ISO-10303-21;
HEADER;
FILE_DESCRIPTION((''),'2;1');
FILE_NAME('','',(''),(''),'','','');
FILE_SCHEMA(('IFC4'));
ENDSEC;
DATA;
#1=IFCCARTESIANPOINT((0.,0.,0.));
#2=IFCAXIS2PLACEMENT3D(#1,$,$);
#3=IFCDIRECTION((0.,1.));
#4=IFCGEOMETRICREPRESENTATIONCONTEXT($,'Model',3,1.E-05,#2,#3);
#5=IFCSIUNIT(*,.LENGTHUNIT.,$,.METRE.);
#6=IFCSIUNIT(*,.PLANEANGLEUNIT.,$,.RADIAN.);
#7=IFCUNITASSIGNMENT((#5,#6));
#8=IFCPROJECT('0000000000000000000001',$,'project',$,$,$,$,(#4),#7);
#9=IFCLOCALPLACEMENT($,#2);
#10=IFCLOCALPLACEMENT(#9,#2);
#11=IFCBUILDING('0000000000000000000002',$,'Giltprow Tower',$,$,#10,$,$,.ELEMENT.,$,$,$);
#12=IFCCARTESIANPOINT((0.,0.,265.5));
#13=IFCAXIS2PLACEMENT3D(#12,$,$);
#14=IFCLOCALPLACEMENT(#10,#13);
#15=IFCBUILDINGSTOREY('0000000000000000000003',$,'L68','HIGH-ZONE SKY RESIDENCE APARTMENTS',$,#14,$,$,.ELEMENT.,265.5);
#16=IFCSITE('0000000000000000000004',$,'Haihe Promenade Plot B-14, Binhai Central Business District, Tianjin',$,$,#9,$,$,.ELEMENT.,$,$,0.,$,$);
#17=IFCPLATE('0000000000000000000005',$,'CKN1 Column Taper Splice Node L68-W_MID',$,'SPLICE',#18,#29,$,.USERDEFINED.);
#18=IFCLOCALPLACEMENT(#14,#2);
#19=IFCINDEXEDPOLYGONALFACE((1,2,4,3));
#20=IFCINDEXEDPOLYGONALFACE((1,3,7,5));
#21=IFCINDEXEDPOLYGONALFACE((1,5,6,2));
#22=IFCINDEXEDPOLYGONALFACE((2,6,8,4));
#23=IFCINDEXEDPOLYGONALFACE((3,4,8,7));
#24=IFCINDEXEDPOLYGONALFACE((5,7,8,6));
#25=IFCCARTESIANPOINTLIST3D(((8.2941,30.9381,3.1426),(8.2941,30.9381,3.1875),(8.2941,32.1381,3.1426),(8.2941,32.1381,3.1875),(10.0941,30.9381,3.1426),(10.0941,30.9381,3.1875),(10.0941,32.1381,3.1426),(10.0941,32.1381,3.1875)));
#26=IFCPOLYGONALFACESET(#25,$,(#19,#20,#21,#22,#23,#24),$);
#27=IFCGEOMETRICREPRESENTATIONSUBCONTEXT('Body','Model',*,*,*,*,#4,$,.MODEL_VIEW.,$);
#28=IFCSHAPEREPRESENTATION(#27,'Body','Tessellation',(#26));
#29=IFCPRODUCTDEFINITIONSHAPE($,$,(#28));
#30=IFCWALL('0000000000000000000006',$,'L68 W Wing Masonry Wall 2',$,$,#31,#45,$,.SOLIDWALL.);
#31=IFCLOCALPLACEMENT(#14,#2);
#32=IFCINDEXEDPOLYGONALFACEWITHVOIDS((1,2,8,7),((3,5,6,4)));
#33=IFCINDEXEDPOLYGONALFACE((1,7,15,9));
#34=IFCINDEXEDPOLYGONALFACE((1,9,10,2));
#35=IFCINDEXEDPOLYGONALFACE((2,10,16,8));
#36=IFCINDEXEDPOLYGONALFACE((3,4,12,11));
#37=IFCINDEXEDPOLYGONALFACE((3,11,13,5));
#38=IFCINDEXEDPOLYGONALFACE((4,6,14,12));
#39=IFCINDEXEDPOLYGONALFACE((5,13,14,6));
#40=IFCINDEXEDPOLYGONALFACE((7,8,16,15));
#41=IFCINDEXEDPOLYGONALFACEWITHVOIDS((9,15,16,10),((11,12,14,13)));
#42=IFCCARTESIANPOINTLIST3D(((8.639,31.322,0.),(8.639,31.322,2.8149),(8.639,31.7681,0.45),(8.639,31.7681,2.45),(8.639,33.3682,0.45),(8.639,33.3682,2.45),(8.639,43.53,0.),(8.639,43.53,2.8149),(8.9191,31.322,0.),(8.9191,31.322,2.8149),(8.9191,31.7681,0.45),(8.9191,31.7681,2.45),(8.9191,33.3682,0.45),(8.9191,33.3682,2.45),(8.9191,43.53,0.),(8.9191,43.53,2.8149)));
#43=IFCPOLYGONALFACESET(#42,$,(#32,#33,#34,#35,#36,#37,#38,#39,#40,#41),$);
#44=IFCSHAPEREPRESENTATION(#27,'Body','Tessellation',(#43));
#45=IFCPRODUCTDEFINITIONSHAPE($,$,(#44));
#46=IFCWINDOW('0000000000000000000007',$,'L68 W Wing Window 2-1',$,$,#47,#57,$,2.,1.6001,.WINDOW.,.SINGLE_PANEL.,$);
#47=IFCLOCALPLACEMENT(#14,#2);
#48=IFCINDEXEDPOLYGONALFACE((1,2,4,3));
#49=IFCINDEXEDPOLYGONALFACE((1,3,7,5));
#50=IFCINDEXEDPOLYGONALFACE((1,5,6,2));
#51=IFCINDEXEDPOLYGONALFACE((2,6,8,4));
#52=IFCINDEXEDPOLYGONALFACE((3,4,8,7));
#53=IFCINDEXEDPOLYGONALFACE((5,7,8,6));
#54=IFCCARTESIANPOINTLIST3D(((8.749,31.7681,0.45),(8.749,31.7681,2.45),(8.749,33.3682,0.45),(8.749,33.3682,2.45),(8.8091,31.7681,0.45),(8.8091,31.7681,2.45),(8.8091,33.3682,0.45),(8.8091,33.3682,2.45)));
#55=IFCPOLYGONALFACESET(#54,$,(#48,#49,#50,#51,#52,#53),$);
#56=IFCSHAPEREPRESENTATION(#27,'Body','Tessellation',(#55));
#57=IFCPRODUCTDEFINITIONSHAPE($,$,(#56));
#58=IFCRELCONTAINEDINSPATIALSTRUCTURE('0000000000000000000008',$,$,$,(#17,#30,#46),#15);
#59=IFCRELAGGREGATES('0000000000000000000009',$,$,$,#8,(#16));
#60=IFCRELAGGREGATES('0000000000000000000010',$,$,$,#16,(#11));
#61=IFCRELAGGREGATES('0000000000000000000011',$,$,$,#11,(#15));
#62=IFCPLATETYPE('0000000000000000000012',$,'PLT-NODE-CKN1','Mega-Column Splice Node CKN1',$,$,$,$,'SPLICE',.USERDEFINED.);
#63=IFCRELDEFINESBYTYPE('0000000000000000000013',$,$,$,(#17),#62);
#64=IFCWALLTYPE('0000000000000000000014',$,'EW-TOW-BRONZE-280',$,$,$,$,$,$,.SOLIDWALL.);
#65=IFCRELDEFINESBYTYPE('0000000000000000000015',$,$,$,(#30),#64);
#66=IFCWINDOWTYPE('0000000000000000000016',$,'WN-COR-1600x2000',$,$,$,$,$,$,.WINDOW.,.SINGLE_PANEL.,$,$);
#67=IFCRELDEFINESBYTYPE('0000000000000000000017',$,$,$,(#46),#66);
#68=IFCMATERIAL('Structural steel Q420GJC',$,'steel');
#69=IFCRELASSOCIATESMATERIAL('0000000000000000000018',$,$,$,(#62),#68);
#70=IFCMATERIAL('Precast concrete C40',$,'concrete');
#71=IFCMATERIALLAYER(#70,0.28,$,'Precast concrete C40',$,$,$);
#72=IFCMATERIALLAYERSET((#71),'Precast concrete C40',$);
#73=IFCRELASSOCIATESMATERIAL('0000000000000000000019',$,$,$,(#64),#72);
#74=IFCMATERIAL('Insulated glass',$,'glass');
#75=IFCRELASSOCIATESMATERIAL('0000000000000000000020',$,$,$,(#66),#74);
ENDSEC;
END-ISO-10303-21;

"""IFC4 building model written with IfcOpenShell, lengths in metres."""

from ifc_helpers import new_model, si_unit, direction, frame, frame_2d, origin, origin_2d, place, context, subcontext, project, spatial, rectangle, extrude, source, transform, mapped, material, layer, layer_set, type_object, element, fill, save


model = new_model("IFC4")

# Units and contexts
model_context = context("Model", 3, precision=1e-05, world=origin(), true_north=direction((0.0, 1.0)))
body_context = subcontext(model_context, "Body", "Model", "MODEL_VIEW")
ifc_project = project(units=[si_unit("LENGTHUNIT", "METRE"), si_unit("PLANEANGLEUNIT", "RADIAN")], contexts=[model_context])

# Site, building, storey
site_placement = place(None, origin())
site = spatial("IfcSite", under=ifc_project, at=site_placement, Name="Haihe Promenade Plot B-14, Binhai Central Business District, Tianjin", CompositionType="ELEMENT", RefElevation=0.0)
building_placement = place(site_placement, origin())
building = spatial("IfcBuilding", under=site, at=building_placement, Name="Giltprow Tower", CompositionType="ELEMENT")
storey_placement = place(building_placement, frame((0.0, 0.0, 265.5)))
storey = spatial("IfcBuildingStorey", under=building, at=storey_placement, Name="L68", Description="HIGH-ZONE SKY RESIDENCE APARTMENTS", CompositionType="ELEMENT", Elevation=265.5)

# Shared definitions
ifc_material_1 = material(Name="Structural steel Q420GJC", Category="steel")

# Plate
plate_type = type_object("IfcPlateType", Name="PLT-NODE-CKN1", Description="Mega-Column Splice Node CKN1", ElementType="SPLICE", PredefinedType="USERDEFINED", material=ifc_material_1)
shared_shape_1 = source(origin(), body_context, "Body", "SweptSolid", [
    extrude(rectangle(XDim=1.8, YDim=1.2, at=origin_2d()), origin(), (0.0, 0.0, 1.0), 0.0449),
])
plate_placement = place(storey_placement, frame((9.1941, 31.5381, 3.1426), z_axis=(0.0, 0.0, 1.0), x_axis=(1.0, 0.0, 0.0)))
element("IfcPlate", 1, at=plate_placement, inside=storey, type_object=plate_type, Name="CKN1 Column Taper Splice Node L68-W_MID", ObjectType="SPLICE", PredefinedType="USERDEFINED", context=body_context, shape_type="MappedRepresentation", body=[
    mapped(shared_shape_1, transform((0.0, 0.0, 0.0), x_axis=(1.0, 0.0, 0.0), y_axis=(0.0, 1.0, 0.0), z_axis=(0.0, 0.0, 1.0), scale=1.0)),
])

# Wall, opening, window
ifc_material_2 = material(Name="Precast concrete C40", Category="concrete")
ifc_layer_1 = layer(ifc_material_2, 0.28, Name="Precast concrete C40")
ifc_layer_set_1 = layer_set([ifc_layer_1], Name="Precast concrete C40")
wall_type_1 = type_object("IfcWallType", Name="EW-TOW-BRONZE-280", PredefinedType="SOLIDWALL", material=ifc_layer_set_1)
wall_1_placement = place(storey_placement, frame((8.7791, 31.322, 0.0), z_axis=(0.0, 0.0, 1.0), x_axis=(0.0, 1.0, 0.0)))
wall_1 = element("IfcWall", 2, at=wall_1_placement, inside=storey, type_object=wall_type_1, Name="L68 W Wing Masonry Wall 2", PredefinedType="SOLIDWALL", context=body_context, shape_type="SweptSolid", body=[
    extrude(rectangle(XDim=12.208, YDim=0.28, at=frame_2d((6.104, 0.0))), origin(), (0.0, 0.0, 1.0), 2.8149),
])
opening_1_placement = place(wall_1_placement, frame((0.446, 0.0, 0.45)))
opening_1 = element("IfcOpeningElement", 3, at=opening_1_placement, cuts=wall_1, PredefinedType="OPENING", context=body_context, shape_type="SweptSolid", body=[
    extrude(rectangle(XDim=1.6001, YDim=2.0, at=frame_2d((0.8, 1.0))), frame((0.0, 0.1499, 0.0), z_axis=(0.0, -1.0, 0.0), x_axis=(1.0, 0.0, 0.0)), (0.0, 0.0, 1.0), 0.3),
])
ifc_material_3 = material(Name="Insulated glass", Category="glass")
window_type = type_object("IfcWindowType", Name="WN-COR-1600x2000", PartitioningType="SINGLE_PANEL", PredefinedType="WINDOW", material=ifc_material_3)
shared_shape_2 = source(origin(), body_context, "Body", "SweptSolid", [
    extrude(rectangle(XDim=1.6001, YDim=2.0, at=frame_2d((0.8, 1.0))), frame((0.0, 0.03, 0.0), z_axis=(0.0, -1.0, 0.0), x_axis=(1.0, 0.0, 0.0)), (0.0, 0.0, 1.0), 0.0601),
])
window_placement = place(opening_1_placement, origin())
window = element("IfcWindow", 4, at=window_placement, inside=storey, type_object=window_type, Name="L68 W Wing Window 2-1", OverallHeight=2.0, OverallWidth=1.6001, PartitioningType="SINGLE_PANEL", PredefinedType="WINDOW", context=body_context, shape_type="MappedRepresentation", body=[
    mapped(shared_shape_2, transform((0.0, 0.0, 0.0), x_axis=(1.0, 0.0, 0.0), y_axis=(0.0, 1.0, 0.0), z_axis=(0.0, 0.0, 1.0), scale=1.0)),
])
fill(opening_1, window)

save(model, "model.ifc")
